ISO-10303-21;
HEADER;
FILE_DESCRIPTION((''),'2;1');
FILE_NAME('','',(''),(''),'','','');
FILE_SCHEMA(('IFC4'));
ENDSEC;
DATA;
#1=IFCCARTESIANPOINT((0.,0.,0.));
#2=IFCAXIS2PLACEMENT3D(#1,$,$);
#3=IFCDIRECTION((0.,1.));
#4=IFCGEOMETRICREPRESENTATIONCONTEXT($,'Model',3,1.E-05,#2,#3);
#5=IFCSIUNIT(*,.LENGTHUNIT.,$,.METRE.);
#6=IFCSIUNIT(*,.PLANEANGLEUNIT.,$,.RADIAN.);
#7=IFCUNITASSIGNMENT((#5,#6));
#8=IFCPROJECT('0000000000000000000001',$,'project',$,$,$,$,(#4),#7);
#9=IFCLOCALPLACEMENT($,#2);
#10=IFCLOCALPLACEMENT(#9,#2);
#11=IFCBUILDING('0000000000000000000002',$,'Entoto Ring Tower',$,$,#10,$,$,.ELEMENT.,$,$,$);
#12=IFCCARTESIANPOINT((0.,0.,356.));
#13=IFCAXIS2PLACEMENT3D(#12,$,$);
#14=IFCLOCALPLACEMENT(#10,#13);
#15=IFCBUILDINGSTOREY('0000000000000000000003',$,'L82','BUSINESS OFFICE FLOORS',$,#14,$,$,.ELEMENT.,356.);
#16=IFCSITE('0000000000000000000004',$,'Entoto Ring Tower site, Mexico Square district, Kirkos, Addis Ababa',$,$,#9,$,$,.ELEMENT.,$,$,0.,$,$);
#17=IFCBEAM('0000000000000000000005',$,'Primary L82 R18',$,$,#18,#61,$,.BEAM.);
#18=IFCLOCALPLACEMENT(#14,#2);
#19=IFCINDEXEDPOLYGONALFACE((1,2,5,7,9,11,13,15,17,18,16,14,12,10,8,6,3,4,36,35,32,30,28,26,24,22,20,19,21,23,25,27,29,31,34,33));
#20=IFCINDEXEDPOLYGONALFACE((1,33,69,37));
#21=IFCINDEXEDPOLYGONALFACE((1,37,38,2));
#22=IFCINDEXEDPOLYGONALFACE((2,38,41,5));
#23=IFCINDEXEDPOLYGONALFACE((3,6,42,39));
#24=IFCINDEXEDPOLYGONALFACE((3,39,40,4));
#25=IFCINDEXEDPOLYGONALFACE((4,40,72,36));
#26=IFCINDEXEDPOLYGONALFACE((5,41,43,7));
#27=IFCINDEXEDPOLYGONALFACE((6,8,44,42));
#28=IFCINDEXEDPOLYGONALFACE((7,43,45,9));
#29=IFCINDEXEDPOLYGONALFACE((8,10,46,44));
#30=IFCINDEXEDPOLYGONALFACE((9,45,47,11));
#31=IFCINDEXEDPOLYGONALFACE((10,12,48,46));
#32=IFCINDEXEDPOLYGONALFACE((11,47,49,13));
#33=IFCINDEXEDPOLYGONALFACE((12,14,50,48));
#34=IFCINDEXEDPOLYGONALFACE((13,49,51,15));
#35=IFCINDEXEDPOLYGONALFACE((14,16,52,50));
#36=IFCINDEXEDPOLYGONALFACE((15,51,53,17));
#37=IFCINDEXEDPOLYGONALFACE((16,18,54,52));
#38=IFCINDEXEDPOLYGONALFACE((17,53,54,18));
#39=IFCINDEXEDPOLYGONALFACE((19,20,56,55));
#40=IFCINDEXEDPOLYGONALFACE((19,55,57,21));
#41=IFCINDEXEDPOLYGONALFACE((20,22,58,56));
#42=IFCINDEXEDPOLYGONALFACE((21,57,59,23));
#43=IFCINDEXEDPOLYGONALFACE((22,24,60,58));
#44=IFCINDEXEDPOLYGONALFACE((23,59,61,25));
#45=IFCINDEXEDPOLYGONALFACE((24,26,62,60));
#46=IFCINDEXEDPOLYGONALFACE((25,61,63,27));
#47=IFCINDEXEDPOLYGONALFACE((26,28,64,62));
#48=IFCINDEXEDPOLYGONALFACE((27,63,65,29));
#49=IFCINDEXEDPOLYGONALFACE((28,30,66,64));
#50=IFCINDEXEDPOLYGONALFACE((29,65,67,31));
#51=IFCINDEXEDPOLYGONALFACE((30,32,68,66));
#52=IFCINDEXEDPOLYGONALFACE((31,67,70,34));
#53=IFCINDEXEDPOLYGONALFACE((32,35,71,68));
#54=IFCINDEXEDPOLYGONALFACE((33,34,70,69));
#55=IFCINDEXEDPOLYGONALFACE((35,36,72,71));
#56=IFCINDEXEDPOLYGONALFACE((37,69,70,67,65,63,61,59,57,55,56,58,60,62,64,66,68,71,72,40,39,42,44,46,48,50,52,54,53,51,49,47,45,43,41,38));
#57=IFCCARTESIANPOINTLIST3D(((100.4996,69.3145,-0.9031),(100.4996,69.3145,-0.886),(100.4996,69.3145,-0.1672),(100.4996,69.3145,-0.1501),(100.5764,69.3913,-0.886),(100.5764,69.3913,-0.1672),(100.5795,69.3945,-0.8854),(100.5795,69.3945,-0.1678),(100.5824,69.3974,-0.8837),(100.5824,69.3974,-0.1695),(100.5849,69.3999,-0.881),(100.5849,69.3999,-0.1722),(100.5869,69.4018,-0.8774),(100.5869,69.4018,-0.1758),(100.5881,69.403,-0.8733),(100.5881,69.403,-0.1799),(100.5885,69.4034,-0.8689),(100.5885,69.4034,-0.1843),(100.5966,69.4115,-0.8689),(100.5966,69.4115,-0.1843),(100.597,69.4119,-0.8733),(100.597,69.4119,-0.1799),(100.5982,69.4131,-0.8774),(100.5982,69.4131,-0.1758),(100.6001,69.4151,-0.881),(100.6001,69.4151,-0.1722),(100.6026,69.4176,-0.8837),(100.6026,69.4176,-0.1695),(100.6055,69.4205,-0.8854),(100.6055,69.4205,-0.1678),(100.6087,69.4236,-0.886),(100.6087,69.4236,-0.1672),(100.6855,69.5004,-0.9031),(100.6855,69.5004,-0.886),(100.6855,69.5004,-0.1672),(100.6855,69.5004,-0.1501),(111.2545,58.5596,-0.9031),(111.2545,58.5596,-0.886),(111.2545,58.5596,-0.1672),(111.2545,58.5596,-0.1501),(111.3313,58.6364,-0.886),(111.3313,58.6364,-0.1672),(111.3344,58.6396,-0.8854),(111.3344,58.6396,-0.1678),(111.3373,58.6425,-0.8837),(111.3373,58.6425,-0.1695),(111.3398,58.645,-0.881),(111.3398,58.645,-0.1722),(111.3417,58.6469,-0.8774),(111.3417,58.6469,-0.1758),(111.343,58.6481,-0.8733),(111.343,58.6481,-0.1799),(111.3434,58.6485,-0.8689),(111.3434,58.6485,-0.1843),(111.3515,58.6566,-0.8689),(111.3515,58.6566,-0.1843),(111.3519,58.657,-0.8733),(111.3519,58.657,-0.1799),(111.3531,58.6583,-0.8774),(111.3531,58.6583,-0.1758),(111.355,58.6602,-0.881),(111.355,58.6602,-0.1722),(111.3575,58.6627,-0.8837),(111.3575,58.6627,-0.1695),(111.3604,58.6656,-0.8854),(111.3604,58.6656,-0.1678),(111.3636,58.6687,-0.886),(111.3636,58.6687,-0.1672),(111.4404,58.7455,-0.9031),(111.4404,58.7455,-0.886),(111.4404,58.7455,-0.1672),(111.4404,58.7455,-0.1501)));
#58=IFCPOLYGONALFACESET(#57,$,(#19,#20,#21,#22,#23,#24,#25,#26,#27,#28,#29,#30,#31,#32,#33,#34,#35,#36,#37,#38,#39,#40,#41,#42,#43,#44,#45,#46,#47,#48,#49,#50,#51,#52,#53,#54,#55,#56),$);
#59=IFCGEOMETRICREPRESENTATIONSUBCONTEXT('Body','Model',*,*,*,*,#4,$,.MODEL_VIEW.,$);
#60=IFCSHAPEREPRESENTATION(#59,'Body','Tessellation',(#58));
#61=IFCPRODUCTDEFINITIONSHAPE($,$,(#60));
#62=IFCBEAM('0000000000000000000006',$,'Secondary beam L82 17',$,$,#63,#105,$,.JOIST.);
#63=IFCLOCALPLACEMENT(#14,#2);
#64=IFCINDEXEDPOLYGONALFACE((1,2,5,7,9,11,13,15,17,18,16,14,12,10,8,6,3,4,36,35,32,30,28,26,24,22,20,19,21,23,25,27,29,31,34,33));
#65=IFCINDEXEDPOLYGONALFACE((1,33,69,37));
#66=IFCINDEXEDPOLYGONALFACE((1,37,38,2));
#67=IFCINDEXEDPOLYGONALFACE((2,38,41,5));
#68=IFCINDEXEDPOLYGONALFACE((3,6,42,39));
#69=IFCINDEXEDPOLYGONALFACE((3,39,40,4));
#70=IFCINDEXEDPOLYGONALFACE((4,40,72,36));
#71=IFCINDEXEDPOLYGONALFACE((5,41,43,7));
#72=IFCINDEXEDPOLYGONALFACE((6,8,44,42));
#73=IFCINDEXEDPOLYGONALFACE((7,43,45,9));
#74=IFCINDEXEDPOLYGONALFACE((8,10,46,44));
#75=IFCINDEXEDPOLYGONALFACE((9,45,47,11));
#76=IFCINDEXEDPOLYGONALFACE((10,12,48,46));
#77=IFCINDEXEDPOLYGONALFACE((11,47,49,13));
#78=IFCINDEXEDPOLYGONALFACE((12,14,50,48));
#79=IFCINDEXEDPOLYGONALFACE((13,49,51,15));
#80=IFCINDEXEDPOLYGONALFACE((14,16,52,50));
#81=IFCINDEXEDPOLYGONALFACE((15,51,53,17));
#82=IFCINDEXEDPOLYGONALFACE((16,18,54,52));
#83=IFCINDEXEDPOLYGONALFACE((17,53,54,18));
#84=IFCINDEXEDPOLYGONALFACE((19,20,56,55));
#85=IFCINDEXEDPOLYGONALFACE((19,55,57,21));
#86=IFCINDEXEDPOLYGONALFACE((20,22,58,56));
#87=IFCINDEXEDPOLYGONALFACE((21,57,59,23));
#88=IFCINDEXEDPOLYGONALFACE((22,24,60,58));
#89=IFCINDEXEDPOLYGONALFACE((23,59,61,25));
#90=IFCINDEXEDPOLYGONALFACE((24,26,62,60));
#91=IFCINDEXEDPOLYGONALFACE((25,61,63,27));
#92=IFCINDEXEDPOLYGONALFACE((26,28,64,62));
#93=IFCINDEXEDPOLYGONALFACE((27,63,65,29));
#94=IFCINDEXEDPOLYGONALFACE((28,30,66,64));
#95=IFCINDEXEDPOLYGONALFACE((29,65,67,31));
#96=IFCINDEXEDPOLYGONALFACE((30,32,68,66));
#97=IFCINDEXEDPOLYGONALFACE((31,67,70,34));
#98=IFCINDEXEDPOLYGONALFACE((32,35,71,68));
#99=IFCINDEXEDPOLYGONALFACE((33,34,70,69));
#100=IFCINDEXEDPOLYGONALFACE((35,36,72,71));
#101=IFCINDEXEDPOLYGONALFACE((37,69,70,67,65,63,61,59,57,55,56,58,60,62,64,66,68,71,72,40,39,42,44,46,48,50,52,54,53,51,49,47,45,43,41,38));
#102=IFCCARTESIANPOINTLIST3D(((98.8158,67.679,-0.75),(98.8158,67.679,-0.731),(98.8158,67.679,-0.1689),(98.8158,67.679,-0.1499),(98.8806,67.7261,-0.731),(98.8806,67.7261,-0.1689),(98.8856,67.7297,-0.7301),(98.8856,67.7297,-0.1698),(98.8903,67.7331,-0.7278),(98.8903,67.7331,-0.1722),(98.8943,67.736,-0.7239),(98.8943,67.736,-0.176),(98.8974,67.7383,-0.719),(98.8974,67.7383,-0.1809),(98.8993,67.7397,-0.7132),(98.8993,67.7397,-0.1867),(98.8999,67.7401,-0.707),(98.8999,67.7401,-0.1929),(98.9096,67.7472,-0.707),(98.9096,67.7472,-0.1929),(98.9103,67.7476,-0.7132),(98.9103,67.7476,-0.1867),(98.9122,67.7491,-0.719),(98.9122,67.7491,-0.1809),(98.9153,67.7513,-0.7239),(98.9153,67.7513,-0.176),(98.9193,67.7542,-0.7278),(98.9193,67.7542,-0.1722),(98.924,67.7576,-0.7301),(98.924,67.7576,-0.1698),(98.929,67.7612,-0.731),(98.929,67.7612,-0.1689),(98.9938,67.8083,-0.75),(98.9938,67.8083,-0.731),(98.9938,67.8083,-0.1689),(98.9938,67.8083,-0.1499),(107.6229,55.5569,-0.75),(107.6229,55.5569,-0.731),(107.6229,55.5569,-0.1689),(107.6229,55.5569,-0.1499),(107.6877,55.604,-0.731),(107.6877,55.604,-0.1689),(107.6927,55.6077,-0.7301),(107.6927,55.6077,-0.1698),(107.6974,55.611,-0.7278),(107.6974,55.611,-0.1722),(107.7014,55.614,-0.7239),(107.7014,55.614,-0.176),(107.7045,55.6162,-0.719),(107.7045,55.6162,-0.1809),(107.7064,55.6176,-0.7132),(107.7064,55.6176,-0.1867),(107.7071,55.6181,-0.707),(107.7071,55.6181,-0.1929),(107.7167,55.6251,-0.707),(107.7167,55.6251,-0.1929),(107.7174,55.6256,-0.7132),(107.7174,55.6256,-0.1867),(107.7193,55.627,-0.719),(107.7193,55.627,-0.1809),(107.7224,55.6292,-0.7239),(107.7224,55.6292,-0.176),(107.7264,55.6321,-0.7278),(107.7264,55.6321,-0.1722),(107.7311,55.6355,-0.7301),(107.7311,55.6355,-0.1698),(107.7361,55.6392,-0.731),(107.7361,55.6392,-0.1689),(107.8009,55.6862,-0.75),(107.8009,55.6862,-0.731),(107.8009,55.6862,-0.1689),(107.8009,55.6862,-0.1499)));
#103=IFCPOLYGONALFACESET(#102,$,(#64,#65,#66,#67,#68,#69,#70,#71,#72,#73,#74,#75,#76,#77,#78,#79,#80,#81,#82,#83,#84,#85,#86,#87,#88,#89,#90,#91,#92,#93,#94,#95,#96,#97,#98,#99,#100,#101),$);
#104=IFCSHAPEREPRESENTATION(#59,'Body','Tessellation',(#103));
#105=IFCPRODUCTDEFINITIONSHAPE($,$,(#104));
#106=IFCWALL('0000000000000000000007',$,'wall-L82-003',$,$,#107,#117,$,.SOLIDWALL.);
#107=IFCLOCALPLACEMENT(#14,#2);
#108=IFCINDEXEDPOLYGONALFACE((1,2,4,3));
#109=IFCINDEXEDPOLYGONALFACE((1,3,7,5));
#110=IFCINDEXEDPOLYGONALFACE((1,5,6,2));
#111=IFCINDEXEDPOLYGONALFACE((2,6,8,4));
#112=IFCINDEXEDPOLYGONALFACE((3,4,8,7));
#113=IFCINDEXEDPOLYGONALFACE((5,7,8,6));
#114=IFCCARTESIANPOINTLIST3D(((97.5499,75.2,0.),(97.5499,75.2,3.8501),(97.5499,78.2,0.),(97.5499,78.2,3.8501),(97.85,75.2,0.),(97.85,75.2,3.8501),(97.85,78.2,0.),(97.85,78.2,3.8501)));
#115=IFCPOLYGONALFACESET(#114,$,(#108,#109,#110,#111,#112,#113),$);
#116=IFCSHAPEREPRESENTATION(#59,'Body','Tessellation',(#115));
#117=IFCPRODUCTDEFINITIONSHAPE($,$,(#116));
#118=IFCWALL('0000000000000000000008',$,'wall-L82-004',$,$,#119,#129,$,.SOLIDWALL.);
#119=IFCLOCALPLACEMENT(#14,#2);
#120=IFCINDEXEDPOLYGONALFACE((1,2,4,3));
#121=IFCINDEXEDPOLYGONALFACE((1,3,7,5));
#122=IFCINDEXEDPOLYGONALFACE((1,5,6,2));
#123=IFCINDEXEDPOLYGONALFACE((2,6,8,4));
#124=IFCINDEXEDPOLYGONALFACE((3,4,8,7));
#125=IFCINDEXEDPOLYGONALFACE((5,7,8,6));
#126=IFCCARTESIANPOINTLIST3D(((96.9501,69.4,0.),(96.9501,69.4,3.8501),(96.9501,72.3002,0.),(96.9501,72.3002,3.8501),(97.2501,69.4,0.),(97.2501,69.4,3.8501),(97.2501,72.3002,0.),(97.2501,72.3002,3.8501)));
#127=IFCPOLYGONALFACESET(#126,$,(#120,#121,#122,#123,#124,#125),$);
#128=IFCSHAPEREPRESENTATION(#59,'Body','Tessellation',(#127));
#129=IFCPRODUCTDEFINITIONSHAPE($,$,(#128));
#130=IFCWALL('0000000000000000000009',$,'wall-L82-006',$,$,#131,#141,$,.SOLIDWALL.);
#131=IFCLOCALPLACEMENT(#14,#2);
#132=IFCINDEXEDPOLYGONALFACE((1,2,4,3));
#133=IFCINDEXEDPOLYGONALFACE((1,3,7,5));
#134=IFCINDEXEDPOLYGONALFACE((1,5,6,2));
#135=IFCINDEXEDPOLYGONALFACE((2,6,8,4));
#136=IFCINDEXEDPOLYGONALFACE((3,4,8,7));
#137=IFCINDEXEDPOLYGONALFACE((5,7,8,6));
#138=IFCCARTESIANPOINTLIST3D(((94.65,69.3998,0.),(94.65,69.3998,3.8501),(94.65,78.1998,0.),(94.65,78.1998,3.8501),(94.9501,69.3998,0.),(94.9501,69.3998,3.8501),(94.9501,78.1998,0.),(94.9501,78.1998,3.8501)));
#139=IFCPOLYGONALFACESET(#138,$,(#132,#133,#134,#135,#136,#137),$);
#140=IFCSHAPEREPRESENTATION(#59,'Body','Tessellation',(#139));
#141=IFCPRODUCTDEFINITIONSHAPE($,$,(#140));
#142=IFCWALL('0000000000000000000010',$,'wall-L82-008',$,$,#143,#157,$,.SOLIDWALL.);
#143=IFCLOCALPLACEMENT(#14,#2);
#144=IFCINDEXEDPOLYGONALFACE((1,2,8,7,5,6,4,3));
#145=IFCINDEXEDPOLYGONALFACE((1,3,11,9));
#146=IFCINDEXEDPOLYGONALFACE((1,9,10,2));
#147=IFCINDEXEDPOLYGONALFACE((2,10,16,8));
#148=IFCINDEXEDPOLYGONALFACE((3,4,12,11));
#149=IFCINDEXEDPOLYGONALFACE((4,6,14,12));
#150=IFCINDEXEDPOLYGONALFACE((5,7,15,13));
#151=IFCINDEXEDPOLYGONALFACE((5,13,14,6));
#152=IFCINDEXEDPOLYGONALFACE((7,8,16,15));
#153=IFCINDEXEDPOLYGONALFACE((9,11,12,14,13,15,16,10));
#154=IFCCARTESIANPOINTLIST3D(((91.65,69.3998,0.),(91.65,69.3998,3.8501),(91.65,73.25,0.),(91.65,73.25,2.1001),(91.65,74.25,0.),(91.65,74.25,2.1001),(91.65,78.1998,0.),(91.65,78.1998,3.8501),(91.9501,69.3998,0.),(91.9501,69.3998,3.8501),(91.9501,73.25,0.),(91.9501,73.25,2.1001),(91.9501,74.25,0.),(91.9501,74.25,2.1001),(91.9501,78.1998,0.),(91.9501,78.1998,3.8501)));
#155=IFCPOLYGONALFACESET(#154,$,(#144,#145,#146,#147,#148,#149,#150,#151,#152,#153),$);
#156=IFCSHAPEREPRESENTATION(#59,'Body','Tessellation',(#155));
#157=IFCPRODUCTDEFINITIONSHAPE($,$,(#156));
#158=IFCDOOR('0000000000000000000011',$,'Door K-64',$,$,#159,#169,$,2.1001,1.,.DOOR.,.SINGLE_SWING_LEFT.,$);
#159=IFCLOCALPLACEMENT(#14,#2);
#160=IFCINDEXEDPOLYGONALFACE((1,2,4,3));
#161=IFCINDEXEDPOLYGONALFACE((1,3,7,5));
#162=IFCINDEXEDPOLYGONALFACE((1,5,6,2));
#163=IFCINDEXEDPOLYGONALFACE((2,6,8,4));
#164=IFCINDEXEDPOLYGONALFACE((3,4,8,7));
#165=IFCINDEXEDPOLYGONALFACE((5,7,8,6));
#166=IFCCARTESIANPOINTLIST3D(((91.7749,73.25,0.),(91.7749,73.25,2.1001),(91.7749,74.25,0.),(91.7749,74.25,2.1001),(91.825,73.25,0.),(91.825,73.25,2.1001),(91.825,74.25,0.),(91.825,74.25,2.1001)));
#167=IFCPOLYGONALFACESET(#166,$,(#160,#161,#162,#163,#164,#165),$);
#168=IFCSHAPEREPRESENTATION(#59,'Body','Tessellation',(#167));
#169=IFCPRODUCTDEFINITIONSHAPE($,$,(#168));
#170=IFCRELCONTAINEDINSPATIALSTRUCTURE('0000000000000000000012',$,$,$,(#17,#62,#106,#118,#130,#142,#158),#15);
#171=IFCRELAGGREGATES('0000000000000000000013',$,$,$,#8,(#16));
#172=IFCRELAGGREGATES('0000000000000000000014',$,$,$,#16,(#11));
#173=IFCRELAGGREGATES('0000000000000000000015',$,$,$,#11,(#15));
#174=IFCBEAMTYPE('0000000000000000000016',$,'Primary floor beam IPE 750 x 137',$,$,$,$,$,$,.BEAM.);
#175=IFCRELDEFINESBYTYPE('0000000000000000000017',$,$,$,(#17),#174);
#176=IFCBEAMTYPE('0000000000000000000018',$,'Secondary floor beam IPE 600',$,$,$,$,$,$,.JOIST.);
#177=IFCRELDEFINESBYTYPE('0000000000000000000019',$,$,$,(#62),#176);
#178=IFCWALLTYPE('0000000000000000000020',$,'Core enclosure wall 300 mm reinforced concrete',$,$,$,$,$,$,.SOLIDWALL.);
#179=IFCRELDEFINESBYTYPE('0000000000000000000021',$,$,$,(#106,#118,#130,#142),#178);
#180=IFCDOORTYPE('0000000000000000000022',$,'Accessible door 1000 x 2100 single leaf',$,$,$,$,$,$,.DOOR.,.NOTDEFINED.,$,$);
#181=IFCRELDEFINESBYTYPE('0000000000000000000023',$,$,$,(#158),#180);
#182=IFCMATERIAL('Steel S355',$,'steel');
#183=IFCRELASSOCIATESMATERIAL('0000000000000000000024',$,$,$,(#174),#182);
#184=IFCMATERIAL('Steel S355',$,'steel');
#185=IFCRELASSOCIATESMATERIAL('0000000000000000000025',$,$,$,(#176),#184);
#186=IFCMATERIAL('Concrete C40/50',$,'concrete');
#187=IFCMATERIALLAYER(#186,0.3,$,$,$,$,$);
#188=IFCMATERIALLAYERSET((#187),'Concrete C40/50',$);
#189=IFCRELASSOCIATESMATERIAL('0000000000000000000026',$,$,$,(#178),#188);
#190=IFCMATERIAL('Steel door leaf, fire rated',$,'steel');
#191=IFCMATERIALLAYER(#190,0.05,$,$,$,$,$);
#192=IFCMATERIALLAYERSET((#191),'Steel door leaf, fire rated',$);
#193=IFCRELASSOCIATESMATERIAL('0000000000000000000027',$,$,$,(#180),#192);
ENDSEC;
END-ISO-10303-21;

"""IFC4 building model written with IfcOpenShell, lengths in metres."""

from ifc_helpers import new_model, si_unit, direction, frame, frame_2d, origin, origin_2d, place, context, subcontext, project, spatial, rectangle, i_section, extrude, material, layer, layer_set, material_profile, profile_set, type_object, element, fill, save


model = new_model("IFC4")

# Units and contexts
model_context = context("Model", 3, precision=1e-05, world=origin(), true_north=direction((0.0, 1.0)))
body_context = subcontext(model_context, "Body", "Model", "MODEL_VIEW")
ifc_project = project(units=[si_unit("LENGTHUNIT", "METRE"), si_unit("PLANEANGLEUNIT", "RADIAN")], contexts=[model_context])

# Site, building, storey
site_placement = place(None, origin())
site = spatial("IfcSite", under=ifc_project, at=site_placement, Name="Entoto Ring Tower site, Mexico Square district, Kirkos, Addis Ababa", CompositionType="ELEMENT", RefElevation=0.0)
building_placement = place(site_placement, origin())
building = spatial("IfcBuilding", under=site, at=building_placement, Name="Entoto Ring Tower", CompositionType="ELEMENT")
storey_placement = place(building_placement, frame((0.0, 0.0, 356.0)))
storey = spatial("IfcBuildingStorey", under=building, at=storey_placement, Name="L82", Description="BUSINESS OFFICE FLOORS", CompositionType="ELEMENT", Elevation=356.0)

# Beams
ifc_material_1 = material(Name="Steel S355", Category="steel")
ifc_material_profile_1 = material_profile(ifc_material_1, i_section(OverallWidth=0.2629, OverallDepth=0.7529, WebThickness=0.0115, FlangeThickness=0.0171, FilletRadius=0.0171, at=origin_2d()), Name="IPE 750 x 137")
ifc_profile_set_1 = profile_set([ifc_material_profile_1], Name="Steel S355")
beam_type_1 = type_object("IfcBeamType", Name="Primary floor beam IPE 750 x 137", PredefinedType="BEAM", material=ifc_profile_set_1)
beam_1_placement = place(storey_placement, frame((100.5925, 69.4075, -0.5266), z_axis=(0.707107, -0.707107, 0.0), x_axis=(0.707107, 0.707107, 0.0)))
element("IfcBeam", 1, at=beam_1_placement, inside=storey, type_object=beam_type_1, Name="Primary L82 R18", PredefinedType="BEAM", context=body_context, shape_type="SweptSolid", body=[
    extrude(i_section(OverallWidth=0.2629, OverallDepth=0.7529, WebThickness=0.0115, FlangeThickness=0.0171, FilletRadius=0.0171, at=origin_2d()), origin(), (0.0, 0.0, 1.0), 15.2097),
])
ifc_material_2 = material(Name="Steel S355", Category="steel")
ifc_material_profile_2 = material_profile(ifc_material_2, i_section(OverallWidth=0.22, OverallDepth=0.6001, WebThickness=0.012, FlangeThickness=0.019, FilletRadius=0.0239, at=origin_2d()), Name="IPE 600")
ifc_profile_set_2 = profile_set([ifc_material_profile_2], Name="Steel S355")
beam_type_2 = type_object("IfcBeamType", Name="Secondary floor beam IPE 600", PredefinedType="JOIST", material=ifc_profile_set_2)
beam_2_placement = place(storey_placement, frame((98.9048, 67.7437, -0.45), z_axis=(0.587782, -0.809019, 0.0), x_axis=(0.809019, 0.587782, 0.0)))
element("IfcBeam", 2, at=beam_2_placement, inside=storey, type_object=beam_type_2, Name="Secondary beam L82 17", PredefinedType="JOIST", context=body_context, shape_type="SweptSolid", body=[
    extrude(i_section(OverallWidth=0.22, OverallDepth=0.6001, WebThickness=0.012, FlangeThickness=0.019, FilletRadius=0.0239, at=origin_2d()), origin(), (0.0, 0.0, 1.0), 14.9836),
])

# Walls
ifc_material_3 = material(Name="Concrete C40/50", Category="concrete")
ifc_layer_1 = layer(ifc_material_3, 0.3)
ifc_layer_set_1 = layer_set([ifc_layer_1], Name="Concrete C40/50")
wall_type = type_object("IfcWallType", Name="Core enclosure wall 300 mm reinforced concrete", PredefinedType="SOLIDWALL", material=ifc_layer_set_1)
wall_1_placement = place(storey_placement, frame((97.7, 75.2, 0.0), z_axis=(0.0, 0.0, 1.0), x_axis=(0.0, 1.0, 0.0)))
element("IfcWall", 3, at=wall_1_placement, inside=storey, type_object=wall_type, Name="wall-L82-003", PredefinedType="SOLIDWALL", context=body_context, shape_type="SweptSolid", body=[
    extrude(rectangle(XDim=3.0, YDim=0.3, at=frame_2d((1.5, 0.0))), origin(), (0.0, 0.0, 1.0), 3.8501),
])
wall_2_placement = place(storey_placement, frame((97.1001, 69.3999, 0.0), z_axis=(0.0, 0.0, 1.0), x_axis=(0.0, 1.0, 0.0)))
element("IfcWall", 4, at=wall_2_placement, inside=storey, type_object=wall_type, Name="wall-L82-004", PredefinedType="SOLIDWALL", context=body_context, shape_type="SweptSolid", body=[
    extrude(rectangle(XDim=2.9001, YDim=0.3, at=frame_2d((1.4502, 0.0))), origin(), (0.0, 0.0, 1.0), 3.8501),
])
wall_3_placement = place(storey_placement, frame((94.8, 69.3999, 0.0), z_axis=(0.0, 0.0, 1.0), x_axis=(0.0, 1.0, 0.0)))
element("IfcWall", 5, at=wall_3_placement, inside=storey, type_object=wall_type, Name="wall-L82-006", PredefinedType="SOLIDWALL", context=body_context, shape_type="SweptSolid", body=[
    extrude(rectangle(XDim=8.8, YDim=0.3, at=frame_2d((4.3999, 0.0))), origin(), (0.0, 0.0, 1.0), 3.8501),
])

# Wall, opening, door
wall_4_placement = place(storey_placement, frame((91.8, 69.3999, 0.0), z_axis=(0.0, 0.0, 1.0), x_axis=(0.0, 1.0, 0.0)))
wall_4 = element("IfcWall", 6, at=wall_4_placement, inside=storey, type_object=wall_type, Name="wall-L82-008", PredefinedType="SOLIDWALL", context=body_context, shape_type="SweptSolid", body=[
    extrude(rectangle(XDim=8.8, YDim=0.3, at=frame_2d((4.3999, 0.0))), origin(), (0.0, 0.0, 1.0), 3.8501),
])
opening_1_placement = place(wall_4_placement, frame((3.8501, 0.0, 0.0)))
opening_1 = element("IfcOpeningElement", 7, at=opening_1_placement, cuts=wall_4, PredefinedType="OPENING", context=body_context, shape_type="SweptSolid", body=[
    extrude(rectangle(XDim=1.0, YDim=2.1001, at=frame_2d((0.5, 1.05))), frame((0.0, 0.1602, 0.0), z_axis=(0.0, -1.0, 0.0), x_axis=(1.0, 0.0, 0.0)), (0.0, 0.0, 1.0), 0.3201),
])
ifc_material_4 = material(Name="Steel door leaf, fire rated", Category="steel")
ifc_layer_2 = layer(ifc_material_4, 0.05)
ifc_layer_set_2 = layer_set([ifc_layer_2], Name="Steel door leaf, fire rated")
door_type_1 = type_object("IfcDoorType", Name="Accessible door 1000 x 2100 single leaf", OperationType="NOTDEFINED", PredefinedType="DOOR", material=ifc_layer_set_2)
door_1_placement = place(opening_1_placement, frame((1.0, 0.0, 0.0), z_axis=(0.0, 0.0, 1.0), x_axis=(-1.0, 0.0, 0.0)))
door_1 = element("IfcDoor", 8, at=door_1_placement, inside=storey, type_object=door_type_1, Name="Door K-64", OperationType="SINGLE_SWING_LEFT", OverallHeight=2.1001, OverallWidth=1.0, PredefinedType="DOOR", context=body_context, shape_type="SweptSolid", body=[
    extrude(rectangle(XDim=1.0, YDim=2.1001, at=frame_2d((0.5, 1.05))), frame((0.0, 0.0249, 0.0), z_axis=(0.0, -1.0, 0.0), x_axis=(1.0, 0.0, 0.0)), (0.0, 0.0, 1.0), 0.05),
])
fill(opening_1, door_1)

save(model, "model.ifc")
